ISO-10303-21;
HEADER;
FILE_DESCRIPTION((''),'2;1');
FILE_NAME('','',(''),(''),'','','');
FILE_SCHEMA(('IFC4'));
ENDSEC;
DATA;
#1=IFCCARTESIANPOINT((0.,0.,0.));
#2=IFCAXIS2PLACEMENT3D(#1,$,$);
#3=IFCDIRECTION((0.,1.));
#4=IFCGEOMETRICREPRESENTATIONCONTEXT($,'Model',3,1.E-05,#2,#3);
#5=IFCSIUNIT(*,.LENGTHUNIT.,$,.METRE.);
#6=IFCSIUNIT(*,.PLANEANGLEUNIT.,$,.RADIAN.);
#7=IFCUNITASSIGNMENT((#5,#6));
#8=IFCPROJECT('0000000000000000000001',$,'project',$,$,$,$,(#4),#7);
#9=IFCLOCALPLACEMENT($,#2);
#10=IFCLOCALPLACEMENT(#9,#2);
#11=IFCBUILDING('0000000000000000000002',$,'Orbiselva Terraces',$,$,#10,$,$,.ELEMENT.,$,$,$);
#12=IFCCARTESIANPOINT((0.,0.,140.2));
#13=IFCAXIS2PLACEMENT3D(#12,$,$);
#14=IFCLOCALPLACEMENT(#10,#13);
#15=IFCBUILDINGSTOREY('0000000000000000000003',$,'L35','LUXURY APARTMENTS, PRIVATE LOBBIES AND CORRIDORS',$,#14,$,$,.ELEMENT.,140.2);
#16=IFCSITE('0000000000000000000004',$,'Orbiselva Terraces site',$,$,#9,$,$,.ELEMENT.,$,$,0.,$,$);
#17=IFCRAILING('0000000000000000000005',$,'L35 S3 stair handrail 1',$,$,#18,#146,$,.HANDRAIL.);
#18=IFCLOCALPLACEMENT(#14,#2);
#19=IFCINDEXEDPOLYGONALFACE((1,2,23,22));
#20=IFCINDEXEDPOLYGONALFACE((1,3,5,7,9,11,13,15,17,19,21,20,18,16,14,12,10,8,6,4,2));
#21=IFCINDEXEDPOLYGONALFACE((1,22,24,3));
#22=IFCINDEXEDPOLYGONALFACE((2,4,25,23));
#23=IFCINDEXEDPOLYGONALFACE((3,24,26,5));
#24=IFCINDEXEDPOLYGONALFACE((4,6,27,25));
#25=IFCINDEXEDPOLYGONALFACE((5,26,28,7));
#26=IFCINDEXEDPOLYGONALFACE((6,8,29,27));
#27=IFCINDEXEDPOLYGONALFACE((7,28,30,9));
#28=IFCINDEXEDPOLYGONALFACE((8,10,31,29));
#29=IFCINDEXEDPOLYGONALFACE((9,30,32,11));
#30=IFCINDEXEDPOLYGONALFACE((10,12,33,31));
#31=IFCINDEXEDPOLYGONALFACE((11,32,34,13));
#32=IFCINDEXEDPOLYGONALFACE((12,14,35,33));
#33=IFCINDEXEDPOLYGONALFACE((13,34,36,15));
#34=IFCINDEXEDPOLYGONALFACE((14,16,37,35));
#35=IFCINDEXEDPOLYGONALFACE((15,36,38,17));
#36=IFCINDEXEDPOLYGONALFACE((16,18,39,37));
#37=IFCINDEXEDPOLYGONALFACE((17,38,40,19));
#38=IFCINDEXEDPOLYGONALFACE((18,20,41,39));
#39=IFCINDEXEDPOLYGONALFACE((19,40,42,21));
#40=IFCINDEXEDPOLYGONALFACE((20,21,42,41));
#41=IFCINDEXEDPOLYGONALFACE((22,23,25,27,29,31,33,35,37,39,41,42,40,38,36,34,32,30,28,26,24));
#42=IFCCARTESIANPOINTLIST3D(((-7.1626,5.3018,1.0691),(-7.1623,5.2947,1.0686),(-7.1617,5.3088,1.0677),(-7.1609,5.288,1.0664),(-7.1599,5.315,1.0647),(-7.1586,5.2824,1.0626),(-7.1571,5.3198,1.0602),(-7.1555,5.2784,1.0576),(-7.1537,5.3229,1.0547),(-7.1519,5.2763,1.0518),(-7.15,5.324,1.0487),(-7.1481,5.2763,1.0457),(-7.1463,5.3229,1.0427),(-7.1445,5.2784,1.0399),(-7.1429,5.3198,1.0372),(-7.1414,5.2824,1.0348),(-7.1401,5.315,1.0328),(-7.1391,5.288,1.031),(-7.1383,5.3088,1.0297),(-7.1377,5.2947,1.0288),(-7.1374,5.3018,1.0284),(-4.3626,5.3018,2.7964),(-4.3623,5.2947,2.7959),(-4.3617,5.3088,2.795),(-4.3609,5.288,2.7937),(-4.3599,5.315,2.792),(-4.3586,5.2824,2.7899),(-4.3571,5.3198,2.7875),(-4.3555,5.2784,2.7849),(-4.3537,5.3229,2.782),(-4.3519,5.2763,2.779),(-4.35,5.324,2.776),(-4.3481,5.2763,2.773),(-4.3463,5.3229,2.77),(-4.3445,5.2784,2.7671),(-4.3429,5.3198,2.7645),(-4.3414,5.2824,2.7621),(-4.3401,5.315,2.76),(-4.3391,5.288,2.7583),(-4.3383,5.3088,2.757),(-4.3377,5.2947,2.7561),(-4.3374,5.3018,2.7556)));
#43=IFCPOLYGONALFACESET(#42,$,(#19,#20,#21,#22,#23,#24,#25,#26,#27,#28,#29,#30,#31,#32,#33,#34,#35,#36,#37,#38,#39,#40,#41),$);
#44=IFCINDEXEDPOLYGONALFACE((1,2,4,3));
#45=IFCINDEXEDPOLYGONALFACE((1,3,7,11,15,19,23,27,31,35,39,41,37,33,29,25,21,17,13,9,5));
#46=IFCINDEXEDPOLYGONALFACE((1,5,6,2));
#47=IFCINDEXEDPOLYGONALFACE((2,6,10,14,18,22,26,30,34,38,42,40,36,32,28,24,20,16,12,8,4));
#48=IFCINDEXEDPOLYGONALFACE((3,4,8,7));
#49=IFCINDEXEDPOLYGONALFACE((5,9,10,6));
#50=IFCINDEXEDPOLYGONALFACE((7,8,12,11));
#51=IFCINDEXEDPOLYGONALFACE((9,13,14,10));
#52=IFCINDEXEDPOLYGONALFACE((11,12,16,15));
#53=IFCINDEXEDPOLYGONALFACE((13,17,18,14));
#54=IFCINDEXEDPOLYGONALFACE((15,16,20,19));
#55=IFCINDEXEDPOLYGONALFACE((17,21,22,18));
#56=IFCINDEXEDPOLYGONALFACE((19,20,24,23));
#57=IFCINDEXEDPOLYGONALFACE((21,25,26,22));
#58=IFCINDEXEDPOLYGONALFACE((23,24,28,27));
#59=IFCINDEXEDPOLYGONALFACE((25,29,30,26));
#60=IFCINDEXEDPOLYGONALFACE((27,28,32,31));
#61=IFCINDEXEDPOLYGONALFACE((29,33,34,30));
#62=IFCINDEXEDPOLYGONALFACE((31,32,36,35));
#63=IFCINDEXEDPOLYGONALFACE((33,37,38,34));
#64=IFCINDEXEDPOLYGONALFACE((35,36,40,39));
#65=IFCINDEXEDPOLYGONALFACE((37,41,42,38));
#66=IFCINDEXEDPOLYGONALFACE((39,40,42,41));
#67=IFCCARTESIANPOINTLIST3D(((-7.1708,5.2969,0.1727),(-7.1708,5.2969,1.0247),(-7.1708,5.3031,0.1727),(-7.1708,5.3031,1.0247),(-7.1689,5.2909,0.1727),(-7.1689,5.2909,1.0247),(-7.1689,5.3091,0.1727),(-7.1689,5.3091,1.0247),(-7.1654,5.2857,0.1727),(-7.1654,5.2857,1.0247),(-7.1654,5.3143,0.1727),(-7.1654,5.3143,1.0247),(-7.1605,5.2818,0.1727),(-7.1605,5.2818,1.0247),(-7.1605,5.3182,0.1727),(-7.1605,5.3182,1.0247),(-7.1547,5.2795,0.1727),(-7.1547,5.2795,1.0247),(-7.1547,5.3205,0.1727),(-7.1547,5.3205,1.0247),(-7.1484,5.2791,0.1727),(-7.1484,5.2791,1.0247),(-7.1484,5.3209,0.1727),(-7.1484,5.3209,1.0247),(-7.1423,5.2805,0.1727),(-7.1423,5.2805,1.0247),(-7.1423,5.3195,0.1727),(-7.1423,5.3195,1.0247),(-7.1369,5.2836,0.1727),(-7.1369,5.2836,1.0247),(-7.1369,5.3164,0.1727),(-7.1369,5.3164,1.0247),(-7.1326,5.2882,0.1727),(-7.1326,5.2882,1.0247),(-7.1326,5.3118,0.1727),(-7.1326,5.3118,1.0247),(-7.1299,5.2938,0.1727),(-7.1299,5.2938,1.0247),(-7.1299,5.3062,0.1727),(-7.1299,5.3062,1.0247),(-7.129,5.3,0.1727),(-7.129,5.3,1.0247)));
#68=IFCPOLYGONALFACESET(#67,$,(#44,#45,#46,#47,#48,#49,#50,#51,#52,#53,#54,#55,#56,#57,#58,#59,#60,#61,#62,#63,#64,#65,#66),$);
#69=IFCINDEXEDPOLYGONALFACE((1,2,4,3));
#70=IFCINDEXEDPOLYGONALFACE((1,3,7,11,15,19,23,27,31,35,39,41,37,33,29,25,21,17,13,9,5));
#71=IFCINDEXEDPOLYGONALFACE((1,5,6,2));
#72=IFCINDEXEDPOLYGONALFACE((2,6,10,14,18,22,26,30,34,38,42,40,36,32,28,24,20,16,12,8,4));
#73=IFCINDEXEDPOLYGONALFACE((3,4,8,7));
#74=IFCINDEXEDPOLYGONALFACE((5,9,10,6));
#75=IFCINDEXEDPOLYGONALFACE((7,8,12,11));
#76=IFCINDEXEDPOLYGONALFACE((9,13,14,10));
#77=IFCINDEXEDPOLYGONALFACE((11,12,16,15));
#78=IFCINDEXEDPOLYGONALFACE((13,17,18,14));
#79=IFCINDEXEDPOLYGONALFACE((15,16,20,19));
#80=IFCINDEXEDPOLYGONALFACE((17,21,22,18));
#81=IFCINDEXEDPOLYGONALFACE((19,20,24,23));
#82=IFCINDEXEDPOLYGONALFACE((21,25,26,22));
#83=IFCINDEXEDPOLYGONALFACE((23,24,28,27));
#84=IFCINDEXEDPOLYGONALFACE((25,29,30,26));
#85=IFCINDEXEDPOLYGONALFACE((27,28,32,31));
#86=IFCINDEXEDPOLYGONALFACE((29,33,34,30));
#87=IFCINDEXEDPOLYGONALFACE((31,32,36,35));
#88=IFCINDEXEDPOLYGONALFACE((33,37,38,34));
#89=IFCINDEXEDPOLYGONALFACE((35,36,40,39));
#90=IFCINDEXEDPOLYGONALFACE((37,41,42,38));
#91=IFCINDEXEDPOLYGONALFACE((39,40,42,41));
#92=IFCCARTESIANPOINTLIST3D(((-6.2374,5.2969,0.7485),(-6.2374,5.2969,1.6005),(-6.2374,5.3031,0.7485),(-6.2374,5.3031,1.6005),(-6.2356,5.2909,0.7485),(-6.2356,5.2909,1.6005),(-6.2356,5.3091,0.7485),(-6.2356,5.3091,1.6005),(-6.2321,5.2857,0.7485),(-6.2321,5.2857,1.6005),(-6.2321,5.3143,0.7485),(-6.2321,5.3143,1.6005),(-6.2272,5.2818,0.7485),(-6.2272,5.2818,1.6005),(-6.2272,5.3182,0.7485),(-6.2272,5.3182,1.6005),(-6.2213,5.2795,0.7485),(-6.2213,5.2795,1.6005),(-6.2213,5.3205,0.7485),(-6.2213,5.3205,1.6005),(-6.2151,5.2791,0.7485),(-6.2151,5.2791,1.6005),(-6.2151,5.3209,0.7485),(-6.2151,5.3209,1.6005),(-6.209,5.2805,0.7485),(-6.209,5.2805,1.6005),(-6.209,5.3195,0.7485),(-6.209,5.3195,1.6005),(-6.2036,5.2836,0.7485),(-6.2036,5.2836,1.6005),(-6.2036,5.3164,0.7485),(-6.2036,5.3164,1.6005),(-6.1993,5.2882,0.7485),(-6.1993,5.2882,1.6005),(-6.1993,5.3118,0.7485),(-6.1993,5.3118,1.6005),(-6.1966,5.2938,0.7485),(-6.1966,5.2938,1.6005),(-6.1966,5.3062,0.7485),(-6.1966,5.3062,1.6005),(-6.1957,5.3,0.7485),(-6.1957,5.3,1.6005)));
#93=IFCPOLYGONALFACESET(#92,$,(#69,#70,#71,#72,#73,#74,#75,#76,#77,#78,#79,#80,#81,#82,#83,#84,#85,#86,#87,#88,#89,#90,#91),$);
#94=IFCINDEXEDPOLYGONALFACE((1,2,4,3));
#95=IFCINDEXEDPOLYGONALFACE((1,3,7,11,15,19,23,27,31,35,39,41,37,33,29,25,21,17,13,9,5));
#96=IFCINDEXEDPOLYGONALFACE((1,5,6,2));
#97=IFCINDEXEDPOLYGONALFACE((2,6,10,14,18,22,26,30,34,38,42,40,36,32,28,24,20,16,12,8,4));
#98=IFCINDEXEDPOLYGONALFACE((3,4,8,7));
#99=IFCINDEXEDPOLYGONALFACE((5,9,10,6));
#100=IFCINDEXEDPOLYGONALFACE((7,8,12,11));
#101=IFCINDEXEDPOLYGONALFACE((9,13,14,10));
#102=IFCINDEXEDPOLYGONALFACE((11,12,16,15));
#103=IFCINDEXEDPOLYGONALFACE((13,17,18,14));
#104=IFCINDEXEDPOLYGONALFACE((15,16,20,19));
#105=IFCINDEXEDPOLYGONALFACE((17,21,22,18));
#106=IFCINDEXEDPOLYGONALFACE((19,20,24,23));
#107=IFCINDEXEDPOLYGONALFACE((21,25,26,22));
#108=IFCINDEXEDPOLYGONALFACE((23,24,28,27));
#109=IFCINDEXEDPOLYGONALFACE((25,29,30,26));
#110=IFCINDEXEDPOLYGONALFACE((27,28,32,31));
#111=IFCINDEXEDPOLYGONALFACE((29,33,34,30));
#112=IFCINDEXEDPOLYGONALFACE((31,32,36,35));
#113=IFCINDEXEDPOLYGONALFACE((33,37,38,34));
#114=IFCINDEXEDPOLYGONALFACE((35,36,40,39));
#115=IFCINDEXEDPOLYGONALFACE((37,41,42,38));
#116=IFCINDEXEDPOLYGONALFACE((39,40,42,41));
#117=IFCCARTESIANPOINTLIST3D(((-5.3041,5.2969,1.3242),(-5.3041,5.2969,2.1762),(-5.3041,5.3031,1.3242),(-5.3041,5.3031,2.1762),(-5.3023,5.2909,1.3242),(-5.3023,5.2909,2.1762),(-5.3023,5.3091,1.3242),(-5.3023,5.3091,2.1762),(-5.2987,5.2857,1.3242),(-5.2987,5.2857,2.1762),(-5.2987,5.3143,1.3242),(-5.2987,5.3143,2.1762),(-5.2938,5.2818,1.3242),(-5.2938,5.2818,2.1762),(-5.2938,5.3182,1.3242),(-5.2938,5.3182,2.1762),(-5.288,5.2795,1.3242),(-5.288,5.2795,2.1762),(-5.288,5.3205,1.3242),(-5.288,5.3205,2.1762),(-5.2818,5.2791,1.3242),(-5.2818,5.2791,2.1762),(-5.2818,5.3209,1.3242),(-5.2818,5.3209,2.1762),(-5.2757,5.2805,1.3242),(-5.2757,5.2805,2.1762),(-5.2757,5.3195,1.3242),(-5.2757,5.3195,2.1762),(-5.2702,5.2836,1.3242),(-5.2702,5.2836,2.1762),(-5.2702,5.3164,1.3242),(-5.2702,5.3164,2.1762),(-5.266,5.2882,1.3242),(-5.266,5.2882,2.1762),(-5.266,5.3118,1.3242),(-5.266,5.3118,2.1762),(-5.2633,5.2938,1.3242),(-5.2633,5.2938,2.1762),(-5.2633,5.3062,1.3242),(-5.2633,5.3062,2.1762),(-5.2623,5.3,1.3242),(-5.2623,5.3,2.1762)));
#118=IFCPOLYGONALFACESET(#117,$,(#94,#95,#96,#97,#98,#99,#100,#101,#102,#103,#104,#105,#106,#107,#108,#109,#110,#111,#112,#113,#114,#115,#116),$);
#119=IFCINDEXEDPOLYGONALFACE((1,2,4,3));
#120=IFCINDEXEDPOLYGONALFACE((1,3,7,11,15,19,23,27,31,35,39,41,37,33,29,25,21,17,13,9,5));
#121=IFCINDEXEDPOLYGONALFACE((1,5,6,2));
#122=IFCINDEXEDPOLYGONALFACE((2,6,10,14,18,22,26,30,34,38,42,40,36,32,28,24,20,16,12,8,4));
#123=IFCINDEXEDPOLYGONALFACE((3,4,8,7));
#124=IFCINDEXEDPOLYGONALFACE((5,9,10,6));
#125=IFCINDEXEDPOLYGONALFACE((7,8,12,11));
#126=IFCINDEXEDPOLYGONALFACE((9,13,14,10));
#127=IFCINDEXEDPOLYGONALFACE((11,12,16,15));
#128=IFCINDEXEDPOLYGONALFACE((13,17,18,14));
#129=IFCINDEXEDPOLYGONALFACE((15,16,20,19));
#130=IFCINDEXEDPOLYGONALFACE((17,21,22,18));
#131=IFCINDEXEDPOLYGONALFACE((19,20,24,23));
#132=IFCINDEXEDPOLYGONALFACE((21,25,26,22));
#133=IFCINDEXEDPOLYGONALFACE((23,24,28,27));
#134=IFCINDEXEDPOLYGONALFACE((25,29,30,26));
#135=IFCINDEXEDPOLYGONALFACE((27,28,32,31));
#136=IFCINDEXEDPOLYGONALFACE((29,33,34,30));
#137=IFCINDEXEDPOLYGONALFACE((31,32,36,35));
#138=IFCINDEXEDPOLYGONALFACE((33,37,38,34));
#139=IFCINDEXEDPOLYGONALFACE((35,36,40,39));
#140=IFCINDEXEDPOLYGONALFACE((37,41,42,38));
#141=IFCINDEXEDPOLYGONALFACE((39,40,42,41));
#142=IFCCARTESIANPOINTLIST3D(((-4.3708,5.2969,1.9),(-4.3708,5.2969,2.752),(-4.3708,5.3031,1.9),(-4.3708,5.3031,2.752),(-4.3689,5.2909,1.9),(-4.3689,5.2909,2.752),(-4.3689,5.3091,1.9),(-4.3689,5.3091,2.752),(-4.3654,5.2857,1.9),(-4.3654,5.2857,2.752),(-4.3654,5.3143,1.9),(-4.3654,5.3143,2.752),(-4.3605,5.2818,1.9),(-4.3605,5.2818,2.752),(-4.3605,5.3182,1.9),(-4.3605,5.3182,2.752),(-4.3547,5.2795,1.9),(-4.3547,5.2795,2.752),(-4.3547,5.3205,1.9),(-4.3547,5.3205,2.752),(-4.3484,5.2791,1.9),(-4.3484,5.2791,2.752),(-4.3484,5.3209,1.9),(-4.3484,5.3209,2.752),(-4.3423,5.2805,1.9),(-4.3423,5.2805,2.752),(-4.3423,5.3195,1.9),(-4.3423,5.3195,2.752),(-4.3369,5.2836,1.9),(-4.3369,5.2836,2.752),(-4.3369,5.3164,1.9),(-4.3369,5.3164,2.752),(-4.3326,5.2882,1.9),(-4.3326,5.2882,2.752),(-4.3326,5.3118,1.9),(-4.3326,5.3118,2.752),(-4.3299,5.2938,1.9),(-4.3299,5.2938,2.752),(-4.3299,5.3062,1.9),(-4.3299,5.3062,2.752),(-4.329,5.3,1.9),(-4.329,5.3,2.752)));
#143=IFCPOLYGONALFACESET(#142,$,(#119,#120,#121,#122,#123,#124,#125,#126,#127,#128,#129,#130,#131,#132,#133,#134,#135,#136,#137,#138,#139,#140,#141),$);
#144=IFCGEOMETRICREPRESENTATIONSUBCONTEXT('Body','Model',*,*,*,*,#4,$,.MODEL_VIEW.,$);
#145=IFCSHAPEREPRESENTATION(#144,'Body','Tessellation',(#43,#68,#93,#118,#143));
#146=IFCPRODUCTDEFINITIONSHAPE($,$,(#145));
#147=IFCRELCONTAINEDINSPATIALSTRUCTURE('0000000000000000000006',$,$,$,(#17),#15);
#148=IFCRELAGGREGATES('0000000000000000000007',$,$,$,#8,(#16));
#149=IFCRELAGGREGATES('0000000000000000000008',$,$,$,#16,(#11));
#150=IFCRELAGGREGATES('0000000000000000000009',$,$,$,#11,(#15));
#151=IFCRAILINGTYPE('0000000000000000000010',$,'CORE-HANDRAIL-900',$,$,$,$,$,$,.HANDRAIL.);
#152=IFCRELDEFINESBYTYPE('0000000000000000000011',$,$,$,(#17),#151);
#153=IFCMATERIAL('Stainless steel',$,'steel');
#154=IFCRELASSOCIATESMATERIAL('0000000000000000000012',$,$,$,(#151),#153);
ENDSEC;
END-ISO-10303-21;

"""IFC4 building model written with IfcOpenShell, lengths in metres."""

from ifc_helpers import new_model, si_unit, direction, frame, origin, origin_2d, place, context, subcontext, project, spatial, circle, extrude, material, type_object, element, save


model = new_model("IFC4")

# Units and contexts
model_context = context("Model", 3, precision=1e-05, world=origin(), true_north=direction((0.0, 1.0)))
body_context = subcontext(model_context, "Body", "Model", "MODEL_VIEW")
ifc_project = project(units=[si_unit("LENGTHUNIT", "METRE"), si_unit("PLANEANGLEUNIT", "RADIAN")], contexts=[model_context])

# Site, building, storey
site_placement = place(None, origin())
site = spatial("IfcSite", under=ifc_project, at=site_placement, Name="Orbiselva Terraces site", CompositionType="ELEMENT", RefElevation=0.0)
building_placement = place(site_placement, origin())
building = spatial("IfcBuilding", under=site, at=building_placement, Name="Orbiselva Terraces", CompositionType="ELEMENT")
storey_placement = place(building_placement, frame((0.0, 0.0, 140.2)))
storey = spatial("IfcBuildingStorey", under=building, at=storey_placement, Name="L35", Description="LUXURY APARTMENTS, PRIVATE LOBBIES AND CORRIDORS", CompositionType="ELEMENT", Elevation=140.2)

# Railing
ifc_material_1 = material(Name="Stainless steel", Category="steel")
railing_type_1 = type_object("IfcRailingType", Name="CORE-HANDRAIL-900", PredefinedType="HANDRAIL", material=ifc_material_1)
railing_1_placement = place(storey_placement, frame((-7.15, 5.3, 0.1727)))
element("IfcRailing", 1, at=railing_1_placement, inside=storey, type_object=railing_type_1, Name="L35 S3 stair handrail 1", PredefinedType="HANDRAIL", context=body_context, shape_type="SweptSolid", body=[
    extrude(circle(Radius=0.024, at=origin_2d()), frame((0.0, 0.0, 0.876), z_axis=(0.851089, 0.0, 0.525022), x_axis=(0.0, 1.0, 0.0)), (0.0, 0.0, 1.0), 3.2899),
    extrude(circle(Radius=0.021, at=origin_2d()), origin(), (0.0, 0.0, 1.0), 0.852),
    extrude(circle(Radius=0.021, at=origin_2d()), frame((0.9333, 0.0, 0.5758)), (0.0, 0.0, 1.0), 0.852),
    extrude(circle(Radius=0.021, at=origin_2d()), frame((1.8667, 0.0, 1.1515)), (0.0, 0.0, 1.0), 0.852),
    extrude(circle(Radius=0.021, at=origin_2d()), frame((2.8, 0.0, 1.7273)), (0.0, 0.0, 1.0), 0.852),
])

save(model, "model.ifc")
